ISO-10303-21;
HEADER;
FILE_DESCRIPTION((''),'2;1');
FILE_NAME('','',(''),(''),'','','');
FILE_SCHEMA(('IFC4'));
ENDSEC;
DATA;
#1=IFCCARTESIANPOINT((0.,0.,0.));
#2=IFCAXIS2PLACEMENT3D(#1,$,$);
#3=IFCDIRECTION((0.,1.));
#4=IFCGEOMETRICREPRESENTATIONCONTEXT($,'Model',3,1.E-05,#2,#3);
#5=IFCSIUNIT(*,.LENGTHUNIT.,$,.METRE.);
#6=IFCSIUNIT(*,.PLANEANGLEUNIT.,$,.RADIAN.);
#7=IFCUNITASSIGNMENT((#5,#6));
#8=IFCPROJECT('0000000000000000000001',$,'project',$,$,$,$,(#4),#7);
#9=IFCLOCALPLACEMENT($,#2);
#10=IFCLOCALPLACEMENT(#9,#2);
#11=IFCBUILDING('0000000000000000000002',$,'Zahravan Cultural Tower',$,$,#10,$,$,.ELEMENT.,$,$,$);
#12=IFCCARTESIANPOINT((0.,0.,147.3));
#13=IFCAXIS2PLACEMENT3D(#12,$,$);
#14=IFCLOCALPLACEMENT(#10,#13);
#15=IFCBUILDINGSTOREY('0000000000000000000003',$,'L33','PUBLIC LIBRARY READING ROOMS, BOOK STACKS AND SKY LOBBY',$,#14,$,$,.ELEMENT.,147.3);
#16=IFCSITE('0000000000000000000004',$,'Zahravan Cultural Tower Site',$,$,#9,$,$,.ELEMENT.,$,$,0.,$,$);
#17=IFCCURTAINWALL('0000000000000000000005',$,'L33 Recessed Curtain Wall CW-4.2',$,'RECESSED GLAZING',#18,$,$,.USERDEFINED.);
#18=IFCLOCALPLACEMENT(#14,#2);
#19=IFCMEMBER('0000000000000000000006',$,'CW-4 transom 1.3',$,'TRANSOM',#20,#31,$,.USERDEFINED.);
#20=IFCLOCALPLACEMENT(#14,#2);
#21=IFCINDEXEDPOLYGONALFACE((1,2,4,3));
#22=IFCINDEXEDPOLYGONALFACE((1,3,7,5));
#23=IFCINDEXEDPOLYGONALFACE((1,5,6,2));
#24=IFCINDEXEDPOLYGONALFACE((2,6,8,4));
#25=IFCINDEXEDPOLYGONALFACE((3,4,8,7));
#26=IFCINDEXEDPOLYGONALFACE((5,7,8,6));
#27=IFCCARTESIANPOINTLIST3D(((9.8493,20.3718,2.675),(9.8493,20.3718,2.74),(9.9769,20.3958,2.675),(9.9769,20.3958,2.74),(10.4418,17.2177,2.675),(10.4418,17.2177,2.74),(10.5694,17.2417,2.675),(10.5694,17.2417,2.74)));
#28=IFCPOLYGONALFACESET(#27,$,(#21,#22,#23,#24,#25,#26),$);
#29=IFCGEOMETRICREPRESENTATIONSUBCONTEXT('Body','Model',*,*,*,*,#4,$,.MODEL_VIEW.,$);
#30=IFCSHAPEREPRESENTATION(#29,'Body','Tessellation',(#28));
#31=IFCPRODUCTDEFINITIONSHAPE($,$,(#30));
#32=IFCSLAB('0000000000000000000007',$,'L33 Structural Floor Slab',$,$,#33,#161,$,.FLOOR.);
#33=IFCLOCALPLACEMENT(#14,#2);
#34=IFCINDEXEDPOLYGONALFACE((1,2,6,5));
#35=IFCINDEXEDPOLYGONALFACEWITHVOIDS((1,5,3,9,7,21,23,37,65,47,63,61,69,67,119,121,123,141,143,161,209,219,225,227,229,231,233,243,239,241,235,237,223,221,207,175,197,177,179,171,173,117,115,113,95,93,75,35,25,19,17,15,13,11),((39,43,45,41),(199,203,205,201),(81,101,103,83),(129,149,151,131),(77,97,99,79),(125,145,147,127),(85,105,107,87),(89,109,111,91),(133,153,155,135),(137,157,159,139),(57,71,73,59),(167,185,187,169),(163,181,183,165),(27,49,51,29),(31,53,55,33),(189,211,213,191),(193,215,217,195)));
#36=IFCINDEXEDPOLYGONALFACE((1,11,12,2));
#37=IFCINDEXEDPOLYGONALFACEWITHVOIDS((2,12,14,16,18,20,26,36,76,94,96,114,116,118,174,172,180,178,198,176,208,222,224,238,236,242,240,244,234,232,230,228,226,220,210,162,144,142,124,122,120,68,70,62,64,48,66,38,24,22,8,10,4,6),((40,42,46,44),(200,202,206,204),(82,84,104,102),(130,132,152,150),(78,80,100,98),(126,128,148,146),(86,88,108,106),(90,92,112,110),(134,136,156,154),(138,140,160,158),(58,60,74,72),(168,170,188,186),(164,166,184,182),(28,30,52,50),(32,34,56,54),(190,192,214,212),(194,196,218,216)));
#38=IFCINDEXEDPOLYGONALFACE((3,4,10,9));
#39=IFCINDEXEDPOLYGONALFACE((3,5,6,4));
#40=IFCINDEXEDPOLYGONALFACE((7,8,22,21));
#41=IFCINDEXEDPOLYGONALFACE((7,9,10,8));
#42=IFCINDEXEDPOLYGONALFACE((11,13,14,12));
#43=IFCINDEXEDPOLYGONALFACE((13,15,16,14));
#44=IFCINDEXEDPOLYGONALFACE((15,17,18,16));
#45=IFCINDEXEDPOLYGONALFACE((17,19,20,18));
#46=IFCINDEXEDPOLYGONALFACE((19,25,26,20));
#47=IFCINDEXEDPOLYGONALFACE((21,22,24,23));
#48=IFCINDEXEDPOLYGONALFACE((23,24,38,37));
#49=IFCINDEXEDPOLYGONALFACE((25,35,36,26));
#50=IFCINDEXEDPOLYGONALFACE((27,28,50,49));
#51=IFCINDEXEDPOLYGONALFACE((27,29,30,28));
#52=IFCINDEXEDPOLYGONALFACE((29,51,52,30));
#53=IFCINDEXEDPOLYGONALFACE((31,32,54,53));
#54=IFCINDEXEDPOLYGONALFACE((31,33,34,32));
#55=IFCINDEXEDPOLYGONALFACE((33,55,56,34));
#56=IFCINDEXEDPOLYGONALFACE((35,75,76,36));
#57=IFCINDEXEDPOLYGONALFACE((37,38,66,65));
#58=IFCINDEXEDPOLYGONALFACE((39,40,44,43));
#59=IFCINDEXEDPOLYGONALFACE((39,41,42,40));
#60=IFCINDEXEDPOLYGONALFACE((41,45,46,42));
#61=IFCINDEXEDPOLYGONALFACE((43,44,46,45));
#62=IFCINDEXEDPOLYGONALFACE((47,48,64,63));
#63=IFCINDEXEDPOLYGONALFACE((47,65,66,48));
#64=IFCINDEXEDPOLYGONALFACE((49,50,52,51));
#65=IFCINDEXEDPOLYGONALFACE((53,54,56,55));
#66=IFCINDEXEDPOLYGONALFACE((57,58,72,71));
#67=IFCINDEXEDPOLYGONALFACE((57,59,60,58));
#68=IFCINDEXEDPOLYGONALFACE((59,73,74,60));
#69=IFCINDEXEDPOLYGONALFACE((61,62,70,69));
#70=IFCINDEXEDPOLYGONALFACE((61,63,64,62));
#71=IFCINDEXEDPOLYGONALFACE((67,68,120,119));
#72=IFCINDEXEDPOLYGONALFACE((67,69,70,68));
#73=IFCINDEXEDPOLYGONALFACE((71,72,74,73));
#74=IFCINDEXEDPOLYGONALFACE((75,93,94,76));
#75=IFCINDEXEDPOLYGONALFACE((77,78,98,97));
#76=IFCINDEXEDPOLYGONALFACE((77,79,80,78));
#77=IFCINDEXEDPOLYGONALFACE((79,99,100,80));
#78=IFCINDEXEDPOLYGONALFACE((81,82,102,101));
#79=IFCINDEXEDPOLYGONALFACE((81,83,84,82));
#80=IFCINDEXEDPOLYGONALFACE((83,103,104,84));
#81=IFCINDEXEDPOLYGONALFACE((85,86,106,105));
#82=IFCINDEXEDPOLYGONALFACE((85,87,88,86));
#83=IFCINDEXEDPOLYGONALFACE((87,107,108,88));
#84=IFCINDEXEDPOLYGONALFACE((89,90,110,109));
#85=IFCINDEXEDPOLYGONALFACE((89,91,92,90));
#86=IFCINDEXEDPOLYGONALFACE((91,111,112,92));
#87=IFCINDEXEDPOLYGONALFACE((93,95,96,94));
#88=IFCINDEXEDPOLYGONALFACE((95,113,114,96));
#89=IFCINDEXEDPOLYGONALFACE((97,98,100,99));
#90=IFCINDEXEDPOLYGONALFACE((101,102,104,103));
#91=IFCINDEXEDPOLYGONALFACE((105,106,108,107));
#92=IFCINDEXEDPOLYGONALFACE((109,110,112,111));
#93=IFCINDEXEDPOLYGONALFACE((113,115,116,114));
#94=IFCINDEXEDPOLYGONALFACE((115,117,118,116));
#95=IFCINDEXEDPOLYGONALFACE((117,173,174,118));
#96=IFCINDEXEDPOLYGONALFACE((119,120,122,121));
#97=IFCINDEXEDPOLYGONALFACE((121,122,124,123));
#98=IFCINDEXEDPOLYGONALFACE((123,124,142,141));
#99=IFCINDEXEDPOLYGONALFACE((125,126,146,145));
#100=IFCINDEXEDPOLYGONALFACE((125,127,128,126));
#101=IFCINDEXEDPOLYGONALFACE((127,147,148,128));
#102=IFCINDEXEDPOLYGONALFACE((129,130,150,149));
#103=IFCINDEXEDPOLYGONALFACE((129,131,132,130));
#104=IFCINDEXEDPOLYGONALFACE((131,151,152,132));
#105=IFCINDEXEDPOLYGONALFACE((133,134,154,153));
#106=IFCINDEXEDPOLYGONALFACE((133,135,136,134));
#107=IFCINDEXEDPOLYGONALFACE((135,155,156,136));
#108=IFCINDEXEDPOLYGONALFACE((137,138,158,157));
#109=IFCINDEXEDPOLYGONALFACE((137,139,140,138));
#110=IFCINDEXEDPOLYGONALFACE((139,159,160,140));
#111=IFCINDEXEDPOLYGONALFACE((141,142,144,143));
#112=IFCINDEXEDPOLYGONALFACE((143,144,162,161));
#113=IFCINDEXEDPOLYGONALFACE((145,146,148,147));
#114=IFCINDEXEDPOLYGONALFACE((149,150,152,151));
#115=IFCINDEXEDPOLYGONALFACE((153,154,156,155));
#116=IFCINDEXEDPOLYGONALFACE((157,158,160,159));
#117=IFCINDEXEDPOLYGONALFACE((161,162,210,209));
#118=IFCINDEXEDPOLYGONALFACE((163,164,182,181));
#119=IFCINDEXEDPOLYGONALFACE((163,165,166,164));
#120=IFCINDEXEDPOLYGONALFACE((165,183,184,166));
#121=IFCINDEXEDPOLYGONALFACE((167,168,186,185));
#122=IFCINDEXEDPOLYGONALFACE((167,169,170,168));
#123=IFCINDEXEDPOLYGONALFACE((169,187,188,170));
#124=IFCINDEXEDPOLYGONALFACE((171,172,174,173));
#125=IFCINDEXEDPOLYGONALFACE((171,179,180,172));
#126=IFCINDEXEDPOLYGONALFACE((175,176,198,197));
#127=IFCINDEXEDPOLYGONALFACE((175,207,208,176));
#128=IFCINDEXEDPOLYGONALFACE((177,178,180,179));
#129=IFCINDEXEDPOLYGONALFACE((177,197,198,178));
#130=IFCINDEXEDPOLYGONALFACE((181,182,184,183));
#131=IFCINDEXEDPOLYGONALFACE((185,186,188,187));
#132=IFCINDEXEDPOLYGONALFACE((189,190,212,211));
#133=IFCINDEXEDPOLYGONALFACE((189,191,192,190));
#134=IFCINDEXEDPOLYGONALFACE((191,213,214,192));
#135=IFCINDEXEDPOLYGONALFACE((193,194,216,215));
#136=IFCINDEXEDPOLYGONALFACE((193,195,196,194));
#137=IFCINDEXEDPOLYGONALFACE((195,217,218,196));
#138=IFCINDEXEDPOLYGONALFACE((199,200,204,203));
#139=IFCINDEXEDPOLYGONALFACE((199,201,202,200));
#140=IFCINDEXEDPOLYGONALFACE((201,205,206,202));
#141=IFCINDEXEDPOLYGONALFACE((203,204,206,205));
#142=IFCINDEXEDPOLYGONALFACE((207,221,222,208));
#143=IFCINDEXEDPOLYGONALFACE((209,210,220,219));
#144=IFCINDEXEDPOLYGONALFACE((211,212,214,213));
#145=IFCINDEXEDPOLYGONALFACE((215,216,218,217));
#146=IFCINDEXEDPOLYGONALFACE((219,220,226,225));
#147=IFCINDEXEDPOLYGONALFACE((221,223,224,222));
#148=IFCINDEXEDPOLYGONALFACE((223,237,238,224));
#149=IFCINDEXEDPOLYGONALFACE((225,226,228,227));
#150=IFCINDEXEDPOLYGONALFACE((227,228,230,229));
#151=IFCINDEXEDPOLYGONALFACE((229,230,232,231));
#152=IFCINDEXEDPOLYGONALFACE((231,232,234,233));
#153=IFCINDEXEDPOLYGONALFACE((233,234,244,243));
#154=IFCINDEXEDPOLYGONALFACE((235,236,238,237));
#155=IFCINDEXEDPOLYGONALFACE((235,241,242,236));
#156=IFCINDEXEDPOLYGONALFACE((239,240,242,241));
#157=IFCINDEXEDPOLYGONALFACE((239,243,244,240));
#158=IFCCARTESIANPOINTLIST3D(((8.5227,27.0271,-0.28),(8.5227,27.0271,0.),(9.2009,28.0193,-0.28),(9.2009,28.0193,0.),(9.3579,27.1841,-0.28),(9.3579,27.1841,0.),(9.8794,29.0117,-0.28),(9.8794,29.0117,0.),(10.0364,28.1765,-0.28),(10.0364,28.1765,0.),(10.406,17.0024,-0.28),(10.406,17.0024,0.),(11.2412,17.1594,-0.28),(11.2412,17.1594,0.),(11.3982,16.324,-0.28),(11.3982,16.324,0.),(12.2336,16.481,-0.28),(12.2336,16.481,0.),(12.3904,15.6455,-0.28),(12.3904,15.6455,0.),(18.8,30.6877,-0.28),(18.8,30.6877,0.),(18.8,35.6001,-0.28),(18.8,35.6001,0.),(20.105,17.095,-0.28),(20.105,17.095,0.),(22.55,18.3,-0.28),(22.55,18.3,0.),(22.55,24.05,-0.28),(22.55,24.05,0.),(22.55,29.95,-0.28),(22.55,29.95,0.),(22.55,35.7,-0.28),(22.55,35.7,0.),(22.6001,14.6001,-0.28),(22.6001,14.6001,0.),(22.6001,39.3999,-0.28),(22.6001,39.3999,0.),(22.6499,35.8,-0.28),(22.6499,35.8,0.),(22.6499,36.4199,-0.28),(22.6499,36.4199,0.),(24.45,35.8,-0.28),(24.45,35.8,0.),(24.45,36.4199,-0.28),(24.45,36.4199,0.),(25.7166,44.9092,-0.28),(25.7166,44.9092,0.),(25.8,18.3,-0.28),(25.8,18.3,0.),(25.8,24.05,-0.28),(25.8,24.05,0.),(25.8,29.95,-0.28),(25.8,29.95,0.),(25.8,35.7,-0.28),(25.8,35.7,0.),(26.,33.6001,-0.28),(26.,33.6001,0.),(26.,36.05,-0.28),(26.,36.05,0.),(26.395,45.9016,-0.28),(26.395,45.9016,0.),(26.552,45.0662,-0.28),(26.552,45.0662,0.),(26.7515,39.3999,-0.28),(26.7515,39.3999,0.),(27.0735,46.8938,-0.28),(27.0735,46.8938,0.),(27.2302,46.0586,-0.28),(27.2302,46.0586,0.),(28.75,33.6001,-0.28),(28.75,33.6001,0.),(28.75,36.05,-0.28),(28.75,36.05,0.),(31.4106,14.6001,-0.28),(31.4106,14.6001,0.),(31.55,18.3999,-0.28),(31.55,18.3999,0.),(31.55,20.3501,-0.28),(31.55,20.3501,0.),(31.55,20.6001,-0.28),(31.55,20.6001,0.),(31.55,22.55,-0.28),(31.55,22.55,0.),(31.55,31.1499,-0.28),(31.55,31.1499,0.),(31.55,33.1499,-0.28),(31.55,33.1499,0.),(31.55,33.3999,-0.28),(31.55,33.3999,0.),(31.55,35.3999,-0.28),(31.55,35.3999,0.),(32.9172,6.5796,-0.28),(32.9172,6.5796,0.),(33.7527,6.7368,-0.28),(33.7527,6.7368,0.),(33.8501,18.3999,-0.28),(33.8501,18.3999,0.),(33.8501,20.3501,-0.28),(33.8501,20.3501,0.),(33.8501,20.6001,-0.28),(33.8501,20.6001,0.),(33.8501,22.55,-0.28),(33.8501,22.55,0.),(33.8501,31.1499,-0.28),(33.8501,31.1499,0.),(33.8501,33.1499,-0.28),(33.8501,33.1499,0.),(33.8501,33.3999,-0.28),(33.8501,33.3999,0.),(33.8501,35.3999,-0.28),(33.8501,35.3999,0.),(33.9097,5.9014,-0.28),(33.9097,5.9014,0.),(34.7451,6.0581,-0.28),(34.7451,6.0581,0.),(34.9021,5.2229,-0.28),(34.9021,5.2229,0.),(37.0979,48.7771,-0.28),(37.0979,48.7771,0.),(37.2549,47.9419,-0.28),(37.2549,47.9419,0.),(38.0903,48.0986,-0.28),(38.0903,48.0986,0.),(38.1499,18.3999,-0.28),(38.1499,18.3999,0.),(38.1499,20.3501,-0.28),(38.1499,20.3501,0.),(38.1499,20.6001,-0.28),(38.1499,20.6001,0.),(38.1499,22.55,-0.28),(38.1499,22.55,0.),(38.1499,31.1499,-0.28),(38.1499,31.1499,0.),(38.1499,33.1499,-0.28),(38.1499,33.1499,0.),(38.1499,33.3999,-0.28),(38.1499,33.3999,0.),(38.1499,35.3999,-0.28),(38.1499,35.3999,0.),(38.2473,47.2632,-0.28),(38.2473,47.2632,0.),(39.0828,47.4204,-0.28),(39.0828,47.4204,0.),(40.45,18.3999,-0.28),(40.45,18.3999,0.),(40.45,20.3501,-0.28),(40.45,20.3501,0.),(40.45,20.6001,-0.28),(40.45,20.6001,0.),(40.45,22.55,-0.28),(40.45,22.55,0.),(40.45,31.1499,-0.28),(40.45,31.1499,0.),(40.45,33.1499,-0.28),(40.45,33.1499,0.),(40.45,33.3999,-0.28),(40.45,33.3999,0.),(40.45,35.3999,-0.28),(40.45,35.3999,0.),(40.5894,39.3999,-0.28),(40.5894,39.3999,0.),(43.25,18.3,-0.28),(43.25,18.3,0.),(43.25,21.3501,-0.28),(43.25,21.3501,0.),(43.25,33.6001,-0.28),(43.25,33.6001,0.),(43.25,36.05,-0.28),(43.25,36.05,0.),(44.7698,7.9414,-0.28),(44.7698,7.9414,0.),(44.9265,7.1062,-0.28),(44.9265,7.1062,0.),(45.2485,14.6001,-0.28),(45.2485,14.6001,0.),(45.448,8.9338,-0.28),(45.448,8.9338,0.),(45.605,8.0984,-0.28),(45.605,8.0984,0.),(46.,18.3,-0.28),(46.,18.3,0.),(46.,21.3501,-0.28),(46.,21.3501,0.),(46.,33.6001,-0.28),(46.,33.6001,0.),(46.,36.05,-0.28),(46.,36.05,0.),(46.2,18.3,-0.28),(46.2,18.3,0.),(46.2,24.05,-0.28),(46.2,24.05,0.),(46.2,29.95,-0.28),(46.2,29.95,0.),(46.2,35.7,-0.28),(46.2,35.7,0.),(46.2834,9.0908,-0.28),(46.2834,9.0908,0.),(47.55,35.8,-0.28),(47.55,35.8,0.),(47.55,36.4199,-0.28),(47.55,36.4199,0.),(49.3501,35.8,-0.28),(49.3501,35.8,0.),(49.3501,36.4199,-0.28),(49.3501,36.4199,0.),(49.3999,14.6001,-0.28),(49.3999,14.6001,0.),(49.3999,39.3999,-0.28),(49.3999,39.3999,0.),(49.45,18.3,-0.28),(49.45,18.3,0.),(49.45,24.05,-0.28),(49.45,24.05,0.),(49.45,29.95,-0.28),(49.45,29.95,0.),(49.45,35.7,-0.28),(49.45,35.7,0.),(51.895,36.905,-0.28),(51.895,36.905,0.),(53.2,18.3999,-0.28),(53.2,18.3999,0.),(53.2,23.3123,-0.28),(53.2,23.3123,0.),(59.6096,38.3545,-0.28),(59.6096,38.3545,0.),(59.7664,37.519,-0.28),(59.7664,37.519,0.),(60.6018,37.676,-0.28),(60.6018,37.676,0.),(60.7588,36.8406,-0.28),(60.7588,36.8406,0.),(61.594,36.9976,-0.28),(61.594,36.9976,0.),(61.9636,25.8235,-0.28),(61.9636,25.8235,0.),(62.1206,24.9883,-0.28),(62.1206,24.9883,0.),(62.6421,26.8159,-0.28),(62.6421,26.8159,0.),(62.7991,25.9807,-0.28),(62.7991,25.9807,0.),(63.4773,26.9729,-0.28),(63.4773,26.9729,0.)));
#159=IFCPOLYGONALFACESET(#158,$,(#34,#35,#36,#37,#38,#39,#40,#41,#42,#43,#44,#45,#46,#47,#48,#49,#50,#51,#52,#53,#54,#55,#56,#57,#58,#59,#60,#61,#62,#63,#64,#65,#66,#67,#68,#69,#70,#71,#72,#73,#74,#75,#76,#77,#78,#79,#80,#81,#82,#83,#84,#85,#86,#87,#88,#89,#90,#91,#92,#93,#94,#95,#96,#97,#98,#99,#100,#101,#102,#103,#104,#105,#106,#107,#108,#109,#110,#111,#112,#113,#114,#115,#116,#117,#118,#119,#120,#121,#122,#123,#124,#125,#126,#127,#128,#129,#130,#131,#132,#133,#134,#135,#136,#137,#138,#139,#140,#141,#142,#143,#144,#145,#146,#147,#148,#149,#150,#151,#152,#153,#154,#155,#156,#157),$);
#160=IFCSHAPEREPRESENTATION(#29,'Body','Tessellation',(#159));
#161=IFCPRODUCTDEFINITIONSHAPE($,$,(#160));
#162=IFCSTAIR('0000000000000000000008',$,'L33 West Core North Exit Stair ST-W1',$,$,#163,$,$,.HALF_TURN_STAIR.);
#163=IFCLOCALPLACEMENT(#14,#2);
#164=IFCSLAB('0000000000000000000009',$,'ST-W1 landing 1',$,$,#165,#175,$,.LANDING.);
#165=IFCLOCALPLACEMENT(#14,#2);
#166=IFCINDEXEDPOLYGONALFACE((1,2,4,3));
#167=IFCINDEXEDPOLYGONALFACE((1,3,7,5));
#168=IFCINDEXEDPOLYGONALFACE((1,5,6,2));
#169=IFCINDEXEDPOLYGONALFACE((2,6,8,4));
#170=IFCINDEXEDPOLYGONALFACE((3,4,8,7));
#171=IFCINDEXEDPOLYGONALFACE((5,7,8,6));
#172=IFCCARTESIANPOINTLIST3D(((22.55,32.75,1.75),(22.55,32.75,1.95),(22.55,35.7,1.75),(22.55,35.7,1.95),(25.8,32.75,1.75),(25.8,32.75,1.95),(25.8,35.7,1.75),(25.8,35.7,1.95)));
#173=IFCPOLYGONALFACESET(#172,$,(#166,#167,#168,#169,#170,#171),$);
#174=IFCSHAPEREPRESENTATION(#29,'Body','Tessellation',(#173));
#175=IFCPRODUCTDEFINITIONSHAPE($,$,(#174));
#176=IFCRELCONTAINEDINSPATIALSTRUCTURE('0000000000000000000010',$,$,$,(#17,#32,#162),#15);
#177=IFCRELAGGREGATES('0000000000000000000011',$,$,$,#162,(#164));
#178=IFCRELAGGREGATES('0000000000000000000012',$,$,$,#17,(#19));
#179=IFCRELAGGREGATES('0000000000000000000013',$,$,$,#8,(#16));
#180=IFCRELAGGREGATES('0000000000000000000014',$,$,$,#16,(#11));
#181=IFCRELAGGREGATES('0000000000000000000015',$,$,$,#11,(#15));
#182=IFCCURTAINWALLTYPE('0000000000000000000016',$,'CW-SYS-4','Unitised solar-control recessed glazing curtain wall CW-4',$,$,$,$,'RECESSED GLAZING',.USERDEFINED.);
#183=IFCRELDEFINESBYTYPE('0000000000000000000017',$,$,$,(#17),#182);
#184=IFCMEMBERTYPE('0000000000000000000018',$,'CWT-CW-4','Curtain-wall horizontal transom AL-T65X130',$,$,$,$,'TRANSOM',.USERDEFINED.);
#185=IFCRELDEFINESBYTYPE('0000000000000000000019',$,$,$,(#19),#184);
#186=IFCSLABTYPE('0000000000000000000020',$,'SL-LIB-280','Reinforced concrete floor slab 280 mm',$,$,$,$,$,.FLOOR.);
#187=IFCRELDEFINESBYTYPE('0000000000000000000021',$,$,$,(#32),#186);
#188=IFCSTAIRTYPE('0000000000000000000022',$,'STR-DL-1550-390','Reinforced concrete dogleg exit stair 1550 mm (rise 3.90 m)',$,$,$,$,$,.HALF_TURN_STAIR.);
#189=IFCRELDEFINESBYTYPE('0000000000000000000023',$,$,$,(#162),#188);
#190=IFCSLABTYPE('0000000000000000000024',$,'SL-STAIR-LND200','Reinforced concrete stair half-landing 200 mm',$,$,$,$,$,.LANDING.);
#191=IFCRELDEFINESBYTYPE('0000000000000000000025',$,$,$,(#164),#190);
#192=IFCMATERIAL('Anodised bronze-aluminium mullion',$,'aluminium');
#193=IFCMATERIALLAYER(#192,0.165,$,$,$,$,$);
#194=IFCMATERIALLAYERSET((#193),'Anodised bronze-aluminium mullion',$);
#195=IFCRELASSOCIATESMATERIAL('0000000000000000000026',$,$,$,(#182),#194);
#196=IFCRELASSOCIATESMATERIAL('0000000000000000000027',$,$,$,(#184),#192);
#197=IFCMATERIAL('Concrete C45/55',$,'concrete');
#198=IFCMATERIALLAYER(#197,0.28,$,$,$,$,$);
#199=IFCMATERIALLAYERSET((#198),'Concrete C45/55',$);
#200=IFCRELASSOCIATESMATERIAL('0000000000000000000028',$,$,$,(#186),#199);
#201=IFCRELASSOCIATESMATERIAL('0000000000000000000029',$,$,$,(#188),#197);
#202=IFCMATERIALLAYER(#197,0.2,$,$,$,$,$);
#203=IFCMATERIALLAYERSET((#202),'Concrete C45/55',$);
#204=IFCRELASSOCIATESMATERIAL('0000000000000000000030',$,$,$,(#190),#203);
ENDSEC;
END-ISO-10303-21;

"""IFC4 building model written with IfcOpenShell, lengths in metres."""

from ifc_helpers import new_model, si_unit, direction, frame, origin, origin_2d, place, context, subcontext, project, spatial, polyline, rectangle, outline, extrude, source, transform, mapped, material, layer, layer_set, material_profile, profile_set, type_object, element, aggregate, save


model = new_model("IFC4")

# Units and contexts
model_context = context("Model", 3, precision=1e-05, world=origin(), true_north=direction((0.0, 1.0)))
body_context = subcontext(model_context, "Body", "Model", "MODEL_VIEW")
ifc_project = project(units=[si_unit("LENGTHUNIT", "METRE"), si_unit("PLANEANGLEUNIT", "RADIAN")], contexts=[model_context])

# Site, building, storey
site_placement = place(None, origin())
site = spatial("IfcSite", under=ifc_project, at=site_placement, Name="Zahravan Cultural Tower Site", CompositionType="ELEMENT", RefElevation=0.0)
building_placement = place(site_placement, origin())
building = spatial("IfcBuilding", under=site, at=building_placement, Name="Zahravan Cultural Tower", CompositionType="ELEMENT")
storey_placement = place(building_placement, frame((0.0, 0.0, 147.3)))
storey = spatial("IfcBuildingStorey", under=building, at=storey_placement, Name="L33", Description="PUBLIC LIBRARY READING ROOMS, BOOK STACKS AND SKY LOBBY", CompositionType="ELEMENT", Elevation=147.3)

# Curtain wall, member
ifc_material_1 = material(Name="Anodised bronze-aluminium mullion", Category="aluminium")
ifc_layer_1 = layer(ifc_material_1, 0.165)
ifc_layer_set_1 = layer_set([ifc_layer_1], Name="Anodised bronze-aluminium mullion")
curtain_wall_type = type_object("IfcCurtainWallType", Name="CW-SYS-4", Description="Unitised solar-control recessed glazing curtain wall CW-4", ElementType="RECESSED GLAZING", PredefinedType="USERDEFINED", material=ifc_layer_set_1)
curtain_wall_placement = place(storey_placement, origin())
curtain_wall = element("IfcCurtainWall", 1, at=curtain_wall_placement, inside=storey, type_object=curtain_wall_type, Name="L33 Recessed Curtain Wall CW-4.2", ObjectType="RECESSED GLAZING", PredefinedType="USERDEFINED")
ifc_material_profile_1 = material_profile(ifc_material_1, rectangle(XDim=0.1299, YDim=0.0649, at=origin_2d()), Name="AL-T65X130")
ifc_profile_set_1 = profile_set([ifc_material_profile_1], Name="Anodised bronze-aluminium mullion")
member_type_1 = type_object("IfcMemberType", Name="CWT-CW-4", Description="Curtain-wall horizontal transom AL-T65X130", ElementType="TRANSOM", PredefinedType="USERDEFINED", material=ifc_profile_set_1)
shared_shape_1 = source(origin(), body_context, "Body", "SweptSolid", [
    extrude(rectangle(XDim=0.1299, YDim=0.0649, at=origin_2d()), origin(), (0.0, 0.0, 1.0), 3.2092),
])
member_1_placement = place(storey_placement, frame((10.5056, 17.2297, 2.7075), z_axis=(-0.184633, 0.982808, 0.0), x_axis=(-0.982808, -0.184633, 0.0)))
member_1 = element("IfcMember", 2, at=member_1_placement, type_object=member_type_1, Name="CW-4 transom 1.3", ObjectType="TRANSOM", PredefinedType="USERDEFINED", context=body_context, shape_type="MappedRepresentation", body=[
    mapped(shared_shape_1, transform((0.0, 0.0, 0.0), x_axis=(1.0, 0.0, 0.0), y_axis=(0.0, 1.0, 0.0), z_axis=(0.0, 0.0, 1.0), scale=1.0)),
])

# Slab
ifc_material_2 = material(Name="Concrete C45/55", Category="concrete")
ifc_layer_2 = layer(ifc_material_2, 0.28)
ifc_layer_set_2 = layer_set([ifc_layer_2], Name="Concrete C45/55")
slab_type_1 = type_object("IfcSlabType", Name="SL-LIB-280", Description="Reinforced concrete floor slab 280 mm", PredefinedType="FLOOR", material=ifc_layer_set_2)
slab_1_placement = place(storey_placement, frame((0.0, 0.0, -0.28)))
element("IfcSlab", 3, at=slab_1_placement, inside=storey, type_object=slab_type_1, Name="L33 Structural Floor Slab", PredefinedType="FLOOR", context=body_context, shape_type="SweptSolid", body=[
    extrude(outline(polyline([(51.895, 36.905), (49.3999, 39.3999), (40.5894, 39.3999), (39.0828, 47.4204), (38.2473, 47.2632), (38.0903, 48.0986), (37.2549, 47.9419), (37.0979, 48.7771), (27.0735, 46.8938), (27.2302, 46.0586), (26.395, 45.9016), (26.552, 45.0662), (25.7166, 44.9092), (26.7515, 39.3999), (22.6001, 39.3999), (18.8, 35.6001), (18.8, 30.6877), (9.8794, 29.0117), (10.0364, 28.1765), (9.2009, 28.0193), (9.3579, 27.1841), (8.5227, 27.0271), (10.406, 17.0024), (11.2412, 17.1594), (11.3982, 16.324), (12.2336, 16.481), (12.3904, 15.6455), (20.105, 17.095), (22.6001, 14.6001), (31.4106, 14.6001), (32.9172, 6.5796), (33.7527, 6.7368), (33.9097, 5.9014), (34.7451, 6.0581), (34.9021, 5.2229), (44.9265, 7.1062), (44.7698, 7.9414), (45.605, 8.0984), (45.448, 8.9338), (46.2834, 9.0908), (45.2485, 14.6001), (49.3999, 14.6001), (53.2, 18.3999), (53.2, 23.3123), (62.1206, 24.9883), (61.9636, 25.8235), (62.7991, 25.9807), (62.6421, 26.8159), (63.4773, 26.9729), (61.594, 36.9976), (60.7588, 36.8406), (60.6018, 37.676), (59.7664, 37.519), (59.6096, 38.3545), (51.895, 36.905)]), holes=[polyline([(22.55, 29.95), (22.55, 35.7), (25.8, 35.7), (25.8, 29.95), (22.55, 29.95)]), polyline([(22.55, 18.3), (22.55, 24.05), (25.8, 24.05), (25.8, 18.3), (22.55, 18.3)]), polyline([(46.2, 29.95), (46.2, 35.7), (49.45, 35.7), (49.45, 29.95), (46.2, 29.95)]), polyline([(46.2, 18.3), (46.2, 24.05), (49.45, 24.05), (49.45, 18.3), (46.2, 18.3)]), polyline([(26.0, 33.6001), (26.0, 36.05), (28.75, 36.05), (28.75, 33.6001), (26.0, 33.6001)]), polyline([(43.25, 33.6001), (43.25, 36.05), (46.0, 36.05), (46.0, 33.6001), (43.25, 33.6001)]), polyline([(43.25, 18.3), (43.25, 21.3501), (46.0, 21.3501), (46.0, 18.3), (43.25, 18.3)]), polyline([(31.55, 33.3999), (31.55, 35.3999), (33.8501, 35.3999), (33.8501, 33.3999), (31.55, 33.3999)]), polyline([(31.55, 31.1499), (31.55, 33.1499), (33.8501, 33.1499), (33.8501, 31.1499), (31.55, 31.1499)]), polyline([(38.1499, 33.3999), (38.1499, 35.3999), (40.45, 35.3999), (40.45, 33.3999), (38.1499, 33.3999)]), polyline([(38.1499, 31.1499), (38.1499, 33.1499), (40.45, 33.1499), (40.45, 31.1499), (38.1499, 31.1499)]), polyline([(31.55, 20.6001), (31.55, 22.55), (33.8501, 22.55), (33.8501, 20.6001), (31.55, 20.6001)]), polyline([(31.55, 18.3999), (31.55, 20.3501), (33.8501, 20.3501), (33.8501, 18.3999), (31.55, 18.3999)]), polyline([(38.1499, 20.6001), (38.1499, 22.55), (40.45, 22.55), (40.45, 20.6001), (38.1499, 20.6001)]), polyline([(38.1499, 18.3999), (38.1499, 20.3501), (40.45, 20.3501), (40.45, 18.3999), (38.1499, 18.3999)]), polyline([(22.6499, 35.8), (22.6499, 36.4199), (24.45, 36.4199), (24.45, 35.8), (22.6499, 35.8)]), polyline([(47.55, 35.8), (47.55, 36.4199), (49.3501, 36.4199), (49.3501, 35.8), (47.55, 35.8)])]), origin(), (0.0, 0.0, 1.0), 0.28),
])

# Stair, slab
stair_type = type_object("IfcStairType", Name="STR-DL-1550-390", Description="Reinforced concrete dogleg exit stair 1550 mm (rise 3.90 m)", PredefinedType="HALF_TURN_STAIR", material=ifc_material_2)
stair_1_placement = place(storey_placement, origin())
stair_1 = element("IfcStair", 4, at=stair_1_placement, inside=storey, type_object=stair_type, Name="L33 West Core North Exit Stair ST-W1", PredefinedType="HALF_TURN_STAIR")
ifc_layer_3 = layer(ifc_material_2, 0.2)
ifc_layer_set_3 = layer_set([ifc_layer_3], Name="Concrete C45/55")
slab_type_2 = type_object("IfcSlabType", Name="SL-STAIR-LND200", Description="Reinforced concrete stair half-landing 200 mm", PredefinedType="LANDING", material=ifc_layer_set_3)
slab_2_placement = place(storey_placement, frame((0.0, 0.0, 1.75)))
slab_2 = element("IfcSlab", 5, at=slab_2_placement, type_object=slab_type_2, Name="ST-W1 landing 1", PredefinedType="LANDING", context=body_context, shape_type="SweptSolid", body=[
    extrude(outline(polyline([(25.8, 32.75), (25.8, 35.7), (22.55, 35.7), (22.55, 32.75), (25.8, 32.75)])), origin(), (0.0, 0.0, 1.0), 0.2),
])
aggregate(stair_1, [slab_2])

aggregate(curtain_wall, [member_1])

save(model, "model.ifc")
